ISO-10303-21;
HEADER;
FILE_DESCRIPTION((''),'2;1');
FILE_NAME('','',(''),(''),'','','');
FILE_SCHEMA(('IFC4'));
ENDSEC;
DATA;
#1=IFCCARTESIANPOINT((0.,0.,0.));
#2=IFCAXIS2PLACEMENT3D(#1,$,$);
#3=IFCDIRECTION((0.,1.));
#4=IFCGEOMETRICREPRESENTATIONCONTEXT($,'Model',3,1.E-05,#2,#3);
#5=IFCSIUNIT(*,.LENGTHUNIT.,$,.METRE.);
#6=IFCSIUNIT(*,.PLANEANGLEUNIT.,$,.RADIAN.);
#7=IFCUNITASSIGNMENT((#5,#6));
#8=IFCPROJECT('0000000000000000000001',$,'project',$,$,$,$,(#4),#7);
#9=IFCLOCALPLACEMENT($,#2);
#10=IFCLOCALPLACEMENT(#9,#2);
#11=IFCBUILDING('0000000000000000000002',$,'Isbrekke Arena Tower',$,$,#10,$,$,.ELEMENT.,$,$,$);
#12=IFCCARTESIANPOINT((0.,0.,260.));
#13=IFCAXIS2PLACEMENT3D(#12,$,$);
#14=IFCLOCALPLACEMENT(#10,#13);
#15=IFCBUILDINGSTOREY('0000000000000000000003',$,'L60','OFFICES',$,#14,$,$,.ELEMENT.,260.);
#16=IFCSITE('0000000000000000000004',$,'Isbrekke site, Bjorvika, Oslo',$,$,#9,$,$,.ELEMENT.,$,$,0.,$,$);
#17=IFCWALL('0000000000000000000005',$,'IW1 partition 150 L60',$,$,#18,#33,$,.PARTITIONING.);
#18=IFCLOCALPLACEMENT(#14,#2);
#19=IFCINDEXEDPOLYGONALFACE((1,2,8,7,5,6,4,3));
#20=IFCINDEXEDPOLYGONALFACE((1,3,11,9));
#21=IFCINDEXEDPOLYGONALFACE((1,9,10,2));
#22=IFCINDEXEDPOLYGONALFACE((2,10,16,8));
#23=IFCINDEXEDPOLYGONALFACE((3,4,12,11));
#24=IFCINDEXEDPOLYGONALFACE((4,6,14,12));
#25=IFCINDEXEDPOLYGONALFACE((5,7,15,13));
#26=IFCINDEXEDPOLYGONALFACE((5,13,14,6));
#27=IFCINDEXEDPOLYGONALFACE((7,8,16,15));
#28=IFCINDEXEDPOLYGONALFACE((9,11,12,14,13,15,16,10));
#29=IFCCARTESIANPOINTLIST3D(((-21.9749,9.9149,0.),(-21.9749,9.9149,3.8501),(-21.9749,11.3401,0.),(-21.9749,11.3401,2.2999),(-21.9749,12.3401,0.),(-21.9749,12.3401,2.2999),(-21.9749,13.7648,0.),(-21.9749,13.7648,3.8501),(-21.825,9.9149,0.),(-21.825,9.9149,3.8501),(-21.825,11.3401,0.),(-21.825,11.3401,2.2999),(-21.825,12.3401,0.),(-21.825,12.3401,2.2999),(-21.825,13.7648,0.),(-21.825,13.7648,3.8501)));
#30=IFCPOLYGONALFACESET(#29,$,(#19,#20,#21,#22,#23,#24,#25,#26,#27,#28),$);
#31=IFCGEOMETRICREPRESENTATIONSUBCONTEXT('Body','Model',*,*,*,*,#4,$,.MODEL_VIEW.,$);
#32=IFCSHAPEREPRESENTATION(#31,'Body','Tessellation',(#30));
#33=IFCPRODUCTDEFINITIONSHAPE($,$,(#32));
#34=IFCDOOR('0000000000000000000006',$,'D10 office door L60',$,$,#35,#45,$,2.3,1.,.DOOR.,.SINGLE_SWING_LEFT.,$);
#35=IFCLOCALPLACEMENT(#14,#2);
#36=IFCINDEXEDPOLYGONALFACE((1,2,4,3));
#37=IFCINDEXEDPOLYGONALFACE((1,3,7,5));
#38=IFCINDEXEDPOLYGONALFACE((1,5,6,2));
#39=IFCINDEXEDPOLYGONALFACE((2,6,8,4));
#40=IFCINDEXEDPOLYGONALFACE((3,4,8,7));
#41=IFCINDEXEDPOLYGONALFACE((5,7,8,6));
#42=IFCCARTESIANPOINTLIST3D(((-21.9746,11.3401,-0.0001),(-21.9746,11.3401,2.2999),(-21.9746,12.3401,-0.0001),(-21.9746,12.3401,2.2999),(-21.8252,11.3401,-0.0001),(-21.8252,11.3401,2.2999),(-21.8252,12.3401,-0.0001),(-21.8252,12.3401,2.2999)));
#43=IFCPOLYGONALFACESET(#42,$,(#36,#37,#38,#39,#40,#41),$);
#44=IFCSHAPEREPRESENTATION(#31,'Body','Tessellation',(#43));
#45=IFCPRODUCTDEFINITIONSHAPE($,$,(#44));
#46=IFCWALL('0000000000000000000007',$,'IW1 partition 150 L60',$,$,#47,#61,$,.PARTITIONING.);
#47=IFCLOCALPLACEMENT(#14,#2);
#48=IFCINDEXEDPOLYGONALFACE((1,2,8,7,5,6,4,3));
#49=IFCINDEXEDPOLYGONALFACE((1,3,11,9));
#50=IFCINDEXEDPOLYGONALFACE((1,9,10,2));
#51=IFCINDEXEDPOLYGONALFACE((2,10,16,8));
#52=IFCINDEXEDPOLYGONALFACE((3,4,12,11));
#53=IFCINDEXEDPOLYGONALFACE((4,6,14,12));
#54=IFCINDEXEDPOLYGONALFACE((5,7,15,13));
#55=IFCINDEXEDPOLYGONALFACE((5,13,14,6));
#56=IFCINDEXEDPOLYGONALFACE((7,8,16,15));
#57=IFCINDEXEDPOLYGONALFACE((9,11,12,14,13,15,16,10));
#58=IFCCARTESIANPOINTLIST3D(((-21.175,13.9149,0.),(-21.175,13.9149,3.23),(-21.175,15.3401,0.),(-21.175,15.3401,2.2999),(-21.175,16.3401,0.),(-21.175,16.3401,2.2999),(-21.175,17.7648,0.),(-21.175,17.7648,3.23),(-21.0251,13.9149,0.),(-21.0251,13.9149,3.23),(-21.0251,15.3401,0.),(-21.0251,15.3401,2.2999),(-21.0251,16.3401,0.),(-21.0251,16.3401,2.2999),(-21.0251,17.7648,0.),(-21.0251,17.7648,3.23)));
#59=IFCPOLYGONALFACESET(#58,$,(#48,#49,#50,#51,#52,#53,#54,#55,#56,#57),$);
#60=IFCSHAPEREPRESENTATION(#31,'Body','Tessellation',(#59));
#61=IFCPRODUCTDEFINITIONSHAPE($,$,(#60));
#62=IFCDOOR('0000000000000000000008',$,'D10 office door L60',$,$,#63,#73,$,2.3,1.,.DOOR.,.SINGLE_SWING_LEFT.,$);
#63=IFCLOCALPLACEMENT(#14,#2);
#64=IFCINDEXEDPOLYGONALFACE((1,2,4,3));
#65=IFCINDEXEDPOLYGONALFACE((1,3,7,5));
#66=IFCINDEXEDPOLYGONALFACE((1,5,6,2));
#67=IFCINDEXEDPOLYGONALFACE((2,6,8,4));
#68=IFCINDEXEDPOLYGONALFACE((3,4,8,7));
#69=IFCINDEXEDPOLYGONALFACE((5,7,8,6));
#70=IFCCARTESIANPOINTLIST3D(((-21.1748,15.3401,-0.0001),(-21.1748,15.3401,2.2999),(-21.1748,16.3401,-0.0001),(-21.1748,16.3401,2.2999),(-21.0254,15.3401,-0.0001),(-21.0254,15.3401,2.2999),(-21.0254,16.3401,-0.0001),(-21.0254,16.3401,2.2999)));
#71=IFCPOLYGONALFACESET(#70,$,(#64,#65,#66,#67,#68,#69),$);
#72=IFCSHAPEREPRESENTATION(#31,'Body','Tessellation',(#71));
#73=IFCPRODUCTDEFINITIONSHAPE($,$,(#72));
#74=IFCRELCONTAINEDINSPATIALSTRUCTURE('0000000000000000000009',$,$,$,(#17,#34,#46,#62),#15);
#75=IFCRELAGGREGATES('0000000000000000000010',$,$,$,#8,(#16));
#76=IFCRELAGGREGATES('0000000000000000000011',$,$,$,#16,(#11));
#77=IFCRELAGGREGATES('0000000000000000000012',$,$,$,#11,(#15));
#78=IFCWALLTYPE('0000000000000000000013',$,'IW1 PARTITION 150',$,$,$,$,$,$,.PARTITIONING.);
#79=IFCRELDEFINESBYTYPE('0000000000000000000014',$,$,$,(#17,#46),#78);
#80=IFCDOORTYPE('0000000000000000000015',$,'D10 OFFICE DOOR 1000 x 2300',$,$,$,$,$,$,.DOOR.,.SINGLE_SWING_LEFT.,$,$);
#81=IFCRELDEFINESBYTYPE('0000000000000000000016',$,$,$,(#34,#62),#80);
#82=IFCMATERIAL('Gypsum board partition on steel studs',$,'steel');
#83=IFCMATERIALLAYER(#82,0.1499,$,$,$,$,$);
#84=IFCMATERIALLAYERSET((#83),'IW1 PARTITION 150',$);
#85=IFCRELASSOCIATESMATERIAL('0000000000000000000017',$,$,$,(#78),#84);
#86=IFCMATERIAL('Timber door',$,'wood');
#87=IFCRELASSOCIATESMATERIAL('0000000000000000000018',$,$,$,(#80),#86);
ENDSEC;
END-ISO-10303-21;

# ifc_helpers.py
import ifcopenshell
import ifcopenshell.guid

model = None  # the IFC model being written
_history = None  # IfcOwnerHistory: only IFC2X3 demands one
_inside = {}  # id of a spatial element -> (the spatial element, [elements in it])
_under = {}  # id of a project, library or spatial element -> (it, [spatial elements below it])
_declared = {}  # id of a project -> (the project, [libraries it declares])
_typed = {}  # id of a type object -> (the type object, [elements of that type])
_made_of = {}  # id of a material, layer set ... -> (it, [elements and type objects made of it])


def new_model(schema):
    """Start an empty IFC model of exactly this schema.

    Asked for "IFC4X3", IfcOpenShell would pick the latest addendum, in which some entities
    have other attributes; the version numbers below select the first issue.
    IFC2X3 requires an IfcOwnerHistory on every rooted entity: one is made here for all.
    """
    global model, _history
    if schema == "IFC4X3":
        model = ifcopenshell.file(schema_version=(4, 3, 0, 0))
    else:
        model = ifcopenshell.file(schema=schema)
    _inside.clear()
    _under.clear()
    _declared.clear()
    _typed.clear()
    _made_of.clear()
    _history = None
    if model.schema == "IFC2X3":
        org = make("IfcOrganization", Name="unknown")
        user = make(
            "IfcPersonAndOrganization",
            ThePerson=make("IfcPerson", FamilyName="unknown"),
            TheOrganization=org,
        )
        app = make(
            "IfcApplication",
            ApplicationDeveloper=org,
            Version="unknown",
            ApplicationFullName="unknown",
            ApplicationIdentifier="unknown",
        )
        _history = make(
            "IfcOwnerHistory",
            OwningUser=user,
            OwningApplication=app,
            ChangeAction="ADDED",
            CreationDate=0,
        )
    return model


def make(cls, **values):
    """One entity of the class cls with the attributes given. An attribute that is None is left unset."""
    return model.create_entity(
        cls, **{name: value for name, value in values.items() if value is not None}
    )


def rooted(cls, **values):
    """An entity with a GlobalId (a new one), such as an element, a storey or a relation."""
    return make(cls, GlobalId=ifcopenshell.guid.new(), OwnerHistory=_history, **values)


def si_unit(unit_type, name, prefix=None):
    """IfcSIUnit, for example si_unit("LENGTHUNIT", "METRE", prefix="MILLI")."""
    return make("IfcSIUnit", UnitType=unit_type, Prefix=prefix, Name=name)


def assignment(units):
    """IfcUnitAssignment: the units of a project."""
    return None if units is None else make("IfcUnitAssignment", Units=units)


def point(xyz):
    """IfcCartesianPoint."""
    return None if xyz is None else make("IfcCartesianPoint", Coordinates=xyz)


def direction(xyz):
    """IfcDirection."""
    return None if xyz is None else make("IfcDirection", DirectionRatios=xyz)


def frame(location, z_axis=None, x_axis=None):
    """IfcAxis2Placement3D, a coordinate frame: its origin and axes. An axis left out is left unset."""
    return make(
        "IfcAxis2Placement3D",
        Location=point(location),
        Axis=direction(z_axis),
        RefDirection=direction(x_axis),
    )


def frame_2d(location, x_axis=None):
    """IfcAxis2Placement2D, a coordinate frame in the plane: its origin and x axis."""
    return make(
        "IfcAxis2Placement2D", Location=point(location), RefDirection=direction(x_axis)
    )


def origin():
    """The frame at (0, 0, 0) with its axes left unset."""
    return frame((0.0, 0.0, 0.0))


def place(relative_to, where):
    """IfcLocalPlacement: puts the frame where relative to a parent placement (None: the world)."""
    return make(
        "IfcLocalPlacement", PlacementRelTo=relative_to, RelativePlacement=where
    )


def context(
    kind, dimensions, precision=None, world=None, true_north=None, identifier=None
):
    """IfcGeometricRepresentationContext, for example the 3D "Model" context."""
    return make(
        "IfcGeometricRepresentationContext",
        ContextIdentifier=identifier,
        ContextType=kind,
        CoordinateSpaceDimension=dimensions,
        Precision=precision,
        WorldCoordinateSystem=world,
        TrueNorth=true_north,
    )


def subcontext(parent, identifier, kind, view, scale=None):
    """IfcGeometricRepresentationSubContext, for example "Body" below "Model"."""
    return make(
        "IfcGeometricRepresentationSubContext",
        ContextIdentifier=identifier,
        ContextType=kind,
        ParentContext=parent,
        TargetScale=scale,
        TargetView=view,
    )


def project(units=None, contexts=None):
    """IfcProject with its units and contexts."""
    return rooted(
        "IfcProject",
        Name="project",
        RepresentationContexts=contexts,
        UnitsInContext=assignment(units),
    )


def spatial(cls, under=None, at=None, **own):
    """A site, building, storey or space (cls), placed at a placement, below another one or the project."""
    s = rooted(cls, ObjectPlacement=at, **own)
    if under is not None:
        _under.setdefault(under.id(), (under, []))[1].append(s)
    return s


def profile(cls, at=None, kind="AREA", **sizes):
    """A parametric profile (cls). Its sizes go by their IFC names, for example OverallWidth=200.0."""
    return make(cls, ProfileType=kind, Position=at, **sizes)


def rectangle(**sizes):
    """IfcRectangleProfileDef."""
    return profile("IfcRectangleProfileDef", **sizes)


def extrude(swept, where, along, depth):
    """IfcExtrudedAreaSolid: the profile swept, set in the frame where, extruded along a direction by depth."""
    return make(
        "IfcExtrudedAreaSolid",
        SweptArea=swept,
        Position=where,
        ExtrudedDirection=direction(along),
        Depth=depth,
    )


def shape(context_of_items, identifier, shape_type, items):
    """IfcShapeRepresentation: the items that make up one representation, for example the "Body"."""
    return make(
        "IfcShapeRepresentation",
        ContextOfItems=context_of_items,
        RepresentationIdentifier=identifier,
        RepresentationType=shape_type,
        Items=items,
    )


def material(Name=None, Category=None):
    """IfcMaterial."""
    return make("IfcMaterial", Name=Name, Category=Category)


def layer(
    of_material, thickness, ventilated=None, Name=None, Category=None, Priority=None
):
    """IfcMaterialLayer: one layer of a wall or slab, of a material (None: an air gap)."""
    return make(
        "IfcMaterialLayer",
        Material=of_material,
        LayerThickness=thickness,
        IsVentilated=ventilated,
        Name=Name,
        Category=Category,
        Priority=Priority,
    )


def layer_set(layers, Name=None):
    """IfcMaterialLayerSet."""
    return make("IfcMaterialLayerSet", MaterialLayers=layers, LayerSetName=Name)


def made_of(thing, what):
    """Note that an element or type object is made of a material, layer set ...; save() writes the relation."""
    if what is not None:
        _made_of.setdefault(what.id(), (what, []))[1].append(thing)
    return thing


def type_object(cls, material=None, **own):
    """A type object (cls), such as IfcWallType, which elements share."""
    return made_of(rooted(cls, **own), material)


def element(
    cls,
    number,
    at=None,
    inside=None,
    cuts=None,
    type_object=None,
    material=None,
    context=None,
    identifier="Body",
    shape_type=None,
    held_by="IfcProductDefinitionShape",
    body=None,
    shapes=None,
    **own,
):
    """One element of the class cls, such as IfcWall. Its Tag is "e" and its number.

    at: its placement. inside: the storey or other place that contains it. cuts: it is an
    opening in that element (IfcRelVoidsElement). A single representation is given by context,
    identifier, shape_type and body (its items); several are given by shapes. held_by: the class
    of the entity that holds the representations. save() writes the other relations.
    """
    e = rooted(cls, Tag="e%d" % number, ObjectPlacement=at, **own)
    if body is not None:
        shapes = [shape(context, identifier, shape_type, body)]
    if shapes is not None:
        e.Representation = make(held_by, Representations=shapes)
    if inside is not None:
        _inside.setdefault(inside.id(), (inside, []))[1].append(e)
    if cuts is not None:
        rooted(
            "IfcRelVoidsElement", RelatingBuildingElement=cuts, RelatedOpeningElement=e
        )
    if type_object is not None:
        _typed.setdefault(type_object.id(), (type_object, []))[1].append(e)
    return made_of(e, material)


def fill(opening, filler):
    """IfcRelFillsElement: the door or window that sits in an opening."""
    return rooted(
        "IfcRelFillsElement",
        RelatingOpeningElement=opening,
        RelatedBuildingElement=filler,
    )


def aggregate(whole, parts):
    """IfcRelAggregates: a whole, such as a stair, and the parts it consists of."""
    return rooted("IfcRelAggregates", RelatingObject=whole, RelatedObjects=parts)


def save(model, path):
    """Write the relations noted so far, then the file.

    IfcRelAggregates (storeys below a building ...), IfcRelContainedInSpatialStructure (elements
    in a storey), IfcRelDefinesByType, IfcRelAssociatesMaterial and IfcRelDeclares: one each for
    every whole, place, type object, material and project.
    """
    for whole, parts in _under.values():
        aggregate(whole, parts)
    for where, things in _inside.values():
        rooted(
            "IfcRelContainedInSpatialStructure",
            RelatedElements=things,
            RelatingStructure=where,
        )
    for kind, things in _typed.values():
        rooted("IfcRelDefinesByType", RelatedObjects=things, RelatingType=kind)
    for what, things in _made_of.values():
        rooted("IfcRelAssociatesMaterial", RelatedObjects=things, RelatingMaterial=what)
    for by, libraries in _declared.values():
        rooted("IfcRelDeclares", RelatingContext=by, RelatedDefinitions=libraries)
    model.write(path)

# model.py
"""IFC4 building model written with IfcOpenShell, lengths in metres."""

from ifc_helpers import new_model, si_unit, direction, frame, frame_2d, origin, place, context, subcontext, project, spatial, rectangle, extrude, material, layer, layer_set, type_object, element, fill, save


model = new_model("IFC4")

# Units and contexts
model_context = context("Model", 3, precision=1e-05, world=origin(), true_north=direction((0.0, 1.0)))
body_context = subcontext(model_context, "Body", "Model", "MODEL_VIEW")
ifc_project = project(units=[si_unit("LENGTHUNIT", "METRE"), si_unit("PLANEANGLEUNIT", "RADIAN")], contexts=[model_context])

# Site, building, storey
site_placement = place(None, origin())
site = spatial("IfcSite", under=ifc_project, at=site_placement, Name="Isbrekke site, Bjorvika, Oslo", CompositionType="ELEMENT", RefElevation=0.0)
building_placement = place(site_placement, origin())
building = spatial("IfcBuilding", under=site, at=building_placement, Name="Isbrekke Arena Tower", CompositionType="ELEMENT")
storey_placement = place(building_placement, frame((0.0, 0.0, 260.0)))
storey = spatial("IfcBuildingStorey", under=building, at=storey_placement, Name="L60", Description="OFFICES", CompositionType="ELEMENT", Elevation=260.0)

# Shared definitions
ifc_material_1 = material(Name="Gypsum board partition on steel studs", Category="steel")
ifc_layer_1 = layer(ifc_material_1, 0.1499)
ifc_layer_set_1 = layer_set([ifc_layer_1], Name="IW1 PARTITION 150")
wall_type = type_object("IfcWallType", Name="IW1 PARTITION 150", PredefinedType="PARTITIONING", material=ifc_layer_set_1)

# Walls, openings, doors
wall_1_placement = place(storey_placement, frame((-21.8999, 9.915, 0.0), z_axis=(0.0, 0.0, 1.0), x_axis=(0.0, 1.0, 0.0)))
wall_1 = element("IfcWall", 1, at=wall_1_placement, inside=storey, type_object=wall_type, Name="IW1 partition 150 L60", PredefinedType="PARTITIONING", context=body_context, shape_type="SweptSolid", body=[
    extrude(rectangle(XDim=3.8499, YDim=0.1499, at=frame_2d((1.9248, 0.0))), origin(), (0.0, 0.0, 1.0), 3.8501),
])
opening_1_placement = place(wall_1_placement, frame((1.425, 0.0, 0.0)))
opening_1 = element("IfcOpeningElement", 2, at=opening_1_placement, cuts=wall_1, PredefinedType="OPENING", context=body_context, shape_type="SweptSolid", body=[
    extrude(rectangle(XDim=1.0, YDim=2.3, at=frame_2d((0.5, 1.1499))), frame((0.0, 0.0898, 0.0), z_axis=(0.0, -1.0, 0.0), x_axis=(1.0, 0.0, 0.0)), (0.0, 0.0, 1.0), 0.1797),
])
ifc_material_2 = material(Name="Timber door", Category="wood")
door_type = type_object("IfcDoorType", Name="D10 OFFICE DOOR 1000 x 2300", OperationType="SINGLE_SWING_LEFT", PredefinedType="DOOR", material=ifc_material_2)
door_1_placement = place(opening_1_placement, origin())
door_1 = element("IfcDoor", 3, at=door_1_placement, inside=storey, type_object=door_type, Name="D10 office door L60", OperationType="SINGLE_SWING_LEFT", OverallHeight=2.3, OverallWidth=1.0, PredefinedType="DOOR", context=body_context, shape_type="SweptSolid", body=[
    extrude(rectangle(XDim=1.0, YDim=2.3, at=frame_2d((0.5, 1.1499))), frame((0.0, 0.0747, 0.0), z_axis=(0.0, -1.0, 0.0), x_axis=(1.0, 0.0, 0.0)), (0.0, 0.0, 1.0), 0.1494),
])
fill(opening_1, door_1)
wall_2_placement = place(storey_placement, frame((-21.1001, 13.915, 0.0), z_axis=(0.0, 0.0, 1.0), x_axis=(0.0, 1.0, 0.0)))
wall_2 = element("IfcWall", 4, at=wall_2_placement, inside=storey, type_object=wall_type, Name="IW1 partition 150 L60", PredefinedType="PARTITIONING", context=body_context, shape_type="SweptSolid", body=[
    extrude(rectangle(XDim=3.8499, YDim=0.1499, at=frame_2d((1.9248, 0.0))), origin(), (0.0, 0.0, 1.0), 3.23),
])
opening_2_placement = place(wall_2_placement, frame((1.425, 0.0, 0.0)))
opening_2 = element("IfcOpeningElement", 5, at=opening_2_placement, cuts=wall_2, PredefinedType="OPENING", context=body_context, shape_type="SweptSolid", body=[
    extrude(rectangle(XDim=1.0, YDim=2.3, at=frame_2d((0.5, 1.1499))), frame((0.0, 0.0898, 0.0), z_axis=(0.0, -1.0, 0.0), x_axis=(1.0, 0.0, 0.0)), (0.0, 0.0, 1.0), 0.1797),
])
door_2_placement = place(opening_2_placement, origin())
door_2 = element("IfcDoor", 6, at=door_2_placement, inside=storey, type_object=door_type, Name="D10 office door L60", OperationType="SINGLE_SWING_LEFT", OverallHeight=2.3, OverallWidth=1.0, PredefinedType="DOOR", context=body_context, shape_type="SweptSolid", body=[
    extrude(rectangle(XDim=1.0, YDim=2.3, at=frame_2d((0.5, 1.1499))), frame((0.0, 0.0747, 0.0), z_axis=(0.0, -1.0, 0.0), x_axis=(1.0, 0.0, 0.0)), (0.0, 0.0, 1.0), 0.1494),
])
fill(opening_2, door_2)

save(model, "model.ifc")
